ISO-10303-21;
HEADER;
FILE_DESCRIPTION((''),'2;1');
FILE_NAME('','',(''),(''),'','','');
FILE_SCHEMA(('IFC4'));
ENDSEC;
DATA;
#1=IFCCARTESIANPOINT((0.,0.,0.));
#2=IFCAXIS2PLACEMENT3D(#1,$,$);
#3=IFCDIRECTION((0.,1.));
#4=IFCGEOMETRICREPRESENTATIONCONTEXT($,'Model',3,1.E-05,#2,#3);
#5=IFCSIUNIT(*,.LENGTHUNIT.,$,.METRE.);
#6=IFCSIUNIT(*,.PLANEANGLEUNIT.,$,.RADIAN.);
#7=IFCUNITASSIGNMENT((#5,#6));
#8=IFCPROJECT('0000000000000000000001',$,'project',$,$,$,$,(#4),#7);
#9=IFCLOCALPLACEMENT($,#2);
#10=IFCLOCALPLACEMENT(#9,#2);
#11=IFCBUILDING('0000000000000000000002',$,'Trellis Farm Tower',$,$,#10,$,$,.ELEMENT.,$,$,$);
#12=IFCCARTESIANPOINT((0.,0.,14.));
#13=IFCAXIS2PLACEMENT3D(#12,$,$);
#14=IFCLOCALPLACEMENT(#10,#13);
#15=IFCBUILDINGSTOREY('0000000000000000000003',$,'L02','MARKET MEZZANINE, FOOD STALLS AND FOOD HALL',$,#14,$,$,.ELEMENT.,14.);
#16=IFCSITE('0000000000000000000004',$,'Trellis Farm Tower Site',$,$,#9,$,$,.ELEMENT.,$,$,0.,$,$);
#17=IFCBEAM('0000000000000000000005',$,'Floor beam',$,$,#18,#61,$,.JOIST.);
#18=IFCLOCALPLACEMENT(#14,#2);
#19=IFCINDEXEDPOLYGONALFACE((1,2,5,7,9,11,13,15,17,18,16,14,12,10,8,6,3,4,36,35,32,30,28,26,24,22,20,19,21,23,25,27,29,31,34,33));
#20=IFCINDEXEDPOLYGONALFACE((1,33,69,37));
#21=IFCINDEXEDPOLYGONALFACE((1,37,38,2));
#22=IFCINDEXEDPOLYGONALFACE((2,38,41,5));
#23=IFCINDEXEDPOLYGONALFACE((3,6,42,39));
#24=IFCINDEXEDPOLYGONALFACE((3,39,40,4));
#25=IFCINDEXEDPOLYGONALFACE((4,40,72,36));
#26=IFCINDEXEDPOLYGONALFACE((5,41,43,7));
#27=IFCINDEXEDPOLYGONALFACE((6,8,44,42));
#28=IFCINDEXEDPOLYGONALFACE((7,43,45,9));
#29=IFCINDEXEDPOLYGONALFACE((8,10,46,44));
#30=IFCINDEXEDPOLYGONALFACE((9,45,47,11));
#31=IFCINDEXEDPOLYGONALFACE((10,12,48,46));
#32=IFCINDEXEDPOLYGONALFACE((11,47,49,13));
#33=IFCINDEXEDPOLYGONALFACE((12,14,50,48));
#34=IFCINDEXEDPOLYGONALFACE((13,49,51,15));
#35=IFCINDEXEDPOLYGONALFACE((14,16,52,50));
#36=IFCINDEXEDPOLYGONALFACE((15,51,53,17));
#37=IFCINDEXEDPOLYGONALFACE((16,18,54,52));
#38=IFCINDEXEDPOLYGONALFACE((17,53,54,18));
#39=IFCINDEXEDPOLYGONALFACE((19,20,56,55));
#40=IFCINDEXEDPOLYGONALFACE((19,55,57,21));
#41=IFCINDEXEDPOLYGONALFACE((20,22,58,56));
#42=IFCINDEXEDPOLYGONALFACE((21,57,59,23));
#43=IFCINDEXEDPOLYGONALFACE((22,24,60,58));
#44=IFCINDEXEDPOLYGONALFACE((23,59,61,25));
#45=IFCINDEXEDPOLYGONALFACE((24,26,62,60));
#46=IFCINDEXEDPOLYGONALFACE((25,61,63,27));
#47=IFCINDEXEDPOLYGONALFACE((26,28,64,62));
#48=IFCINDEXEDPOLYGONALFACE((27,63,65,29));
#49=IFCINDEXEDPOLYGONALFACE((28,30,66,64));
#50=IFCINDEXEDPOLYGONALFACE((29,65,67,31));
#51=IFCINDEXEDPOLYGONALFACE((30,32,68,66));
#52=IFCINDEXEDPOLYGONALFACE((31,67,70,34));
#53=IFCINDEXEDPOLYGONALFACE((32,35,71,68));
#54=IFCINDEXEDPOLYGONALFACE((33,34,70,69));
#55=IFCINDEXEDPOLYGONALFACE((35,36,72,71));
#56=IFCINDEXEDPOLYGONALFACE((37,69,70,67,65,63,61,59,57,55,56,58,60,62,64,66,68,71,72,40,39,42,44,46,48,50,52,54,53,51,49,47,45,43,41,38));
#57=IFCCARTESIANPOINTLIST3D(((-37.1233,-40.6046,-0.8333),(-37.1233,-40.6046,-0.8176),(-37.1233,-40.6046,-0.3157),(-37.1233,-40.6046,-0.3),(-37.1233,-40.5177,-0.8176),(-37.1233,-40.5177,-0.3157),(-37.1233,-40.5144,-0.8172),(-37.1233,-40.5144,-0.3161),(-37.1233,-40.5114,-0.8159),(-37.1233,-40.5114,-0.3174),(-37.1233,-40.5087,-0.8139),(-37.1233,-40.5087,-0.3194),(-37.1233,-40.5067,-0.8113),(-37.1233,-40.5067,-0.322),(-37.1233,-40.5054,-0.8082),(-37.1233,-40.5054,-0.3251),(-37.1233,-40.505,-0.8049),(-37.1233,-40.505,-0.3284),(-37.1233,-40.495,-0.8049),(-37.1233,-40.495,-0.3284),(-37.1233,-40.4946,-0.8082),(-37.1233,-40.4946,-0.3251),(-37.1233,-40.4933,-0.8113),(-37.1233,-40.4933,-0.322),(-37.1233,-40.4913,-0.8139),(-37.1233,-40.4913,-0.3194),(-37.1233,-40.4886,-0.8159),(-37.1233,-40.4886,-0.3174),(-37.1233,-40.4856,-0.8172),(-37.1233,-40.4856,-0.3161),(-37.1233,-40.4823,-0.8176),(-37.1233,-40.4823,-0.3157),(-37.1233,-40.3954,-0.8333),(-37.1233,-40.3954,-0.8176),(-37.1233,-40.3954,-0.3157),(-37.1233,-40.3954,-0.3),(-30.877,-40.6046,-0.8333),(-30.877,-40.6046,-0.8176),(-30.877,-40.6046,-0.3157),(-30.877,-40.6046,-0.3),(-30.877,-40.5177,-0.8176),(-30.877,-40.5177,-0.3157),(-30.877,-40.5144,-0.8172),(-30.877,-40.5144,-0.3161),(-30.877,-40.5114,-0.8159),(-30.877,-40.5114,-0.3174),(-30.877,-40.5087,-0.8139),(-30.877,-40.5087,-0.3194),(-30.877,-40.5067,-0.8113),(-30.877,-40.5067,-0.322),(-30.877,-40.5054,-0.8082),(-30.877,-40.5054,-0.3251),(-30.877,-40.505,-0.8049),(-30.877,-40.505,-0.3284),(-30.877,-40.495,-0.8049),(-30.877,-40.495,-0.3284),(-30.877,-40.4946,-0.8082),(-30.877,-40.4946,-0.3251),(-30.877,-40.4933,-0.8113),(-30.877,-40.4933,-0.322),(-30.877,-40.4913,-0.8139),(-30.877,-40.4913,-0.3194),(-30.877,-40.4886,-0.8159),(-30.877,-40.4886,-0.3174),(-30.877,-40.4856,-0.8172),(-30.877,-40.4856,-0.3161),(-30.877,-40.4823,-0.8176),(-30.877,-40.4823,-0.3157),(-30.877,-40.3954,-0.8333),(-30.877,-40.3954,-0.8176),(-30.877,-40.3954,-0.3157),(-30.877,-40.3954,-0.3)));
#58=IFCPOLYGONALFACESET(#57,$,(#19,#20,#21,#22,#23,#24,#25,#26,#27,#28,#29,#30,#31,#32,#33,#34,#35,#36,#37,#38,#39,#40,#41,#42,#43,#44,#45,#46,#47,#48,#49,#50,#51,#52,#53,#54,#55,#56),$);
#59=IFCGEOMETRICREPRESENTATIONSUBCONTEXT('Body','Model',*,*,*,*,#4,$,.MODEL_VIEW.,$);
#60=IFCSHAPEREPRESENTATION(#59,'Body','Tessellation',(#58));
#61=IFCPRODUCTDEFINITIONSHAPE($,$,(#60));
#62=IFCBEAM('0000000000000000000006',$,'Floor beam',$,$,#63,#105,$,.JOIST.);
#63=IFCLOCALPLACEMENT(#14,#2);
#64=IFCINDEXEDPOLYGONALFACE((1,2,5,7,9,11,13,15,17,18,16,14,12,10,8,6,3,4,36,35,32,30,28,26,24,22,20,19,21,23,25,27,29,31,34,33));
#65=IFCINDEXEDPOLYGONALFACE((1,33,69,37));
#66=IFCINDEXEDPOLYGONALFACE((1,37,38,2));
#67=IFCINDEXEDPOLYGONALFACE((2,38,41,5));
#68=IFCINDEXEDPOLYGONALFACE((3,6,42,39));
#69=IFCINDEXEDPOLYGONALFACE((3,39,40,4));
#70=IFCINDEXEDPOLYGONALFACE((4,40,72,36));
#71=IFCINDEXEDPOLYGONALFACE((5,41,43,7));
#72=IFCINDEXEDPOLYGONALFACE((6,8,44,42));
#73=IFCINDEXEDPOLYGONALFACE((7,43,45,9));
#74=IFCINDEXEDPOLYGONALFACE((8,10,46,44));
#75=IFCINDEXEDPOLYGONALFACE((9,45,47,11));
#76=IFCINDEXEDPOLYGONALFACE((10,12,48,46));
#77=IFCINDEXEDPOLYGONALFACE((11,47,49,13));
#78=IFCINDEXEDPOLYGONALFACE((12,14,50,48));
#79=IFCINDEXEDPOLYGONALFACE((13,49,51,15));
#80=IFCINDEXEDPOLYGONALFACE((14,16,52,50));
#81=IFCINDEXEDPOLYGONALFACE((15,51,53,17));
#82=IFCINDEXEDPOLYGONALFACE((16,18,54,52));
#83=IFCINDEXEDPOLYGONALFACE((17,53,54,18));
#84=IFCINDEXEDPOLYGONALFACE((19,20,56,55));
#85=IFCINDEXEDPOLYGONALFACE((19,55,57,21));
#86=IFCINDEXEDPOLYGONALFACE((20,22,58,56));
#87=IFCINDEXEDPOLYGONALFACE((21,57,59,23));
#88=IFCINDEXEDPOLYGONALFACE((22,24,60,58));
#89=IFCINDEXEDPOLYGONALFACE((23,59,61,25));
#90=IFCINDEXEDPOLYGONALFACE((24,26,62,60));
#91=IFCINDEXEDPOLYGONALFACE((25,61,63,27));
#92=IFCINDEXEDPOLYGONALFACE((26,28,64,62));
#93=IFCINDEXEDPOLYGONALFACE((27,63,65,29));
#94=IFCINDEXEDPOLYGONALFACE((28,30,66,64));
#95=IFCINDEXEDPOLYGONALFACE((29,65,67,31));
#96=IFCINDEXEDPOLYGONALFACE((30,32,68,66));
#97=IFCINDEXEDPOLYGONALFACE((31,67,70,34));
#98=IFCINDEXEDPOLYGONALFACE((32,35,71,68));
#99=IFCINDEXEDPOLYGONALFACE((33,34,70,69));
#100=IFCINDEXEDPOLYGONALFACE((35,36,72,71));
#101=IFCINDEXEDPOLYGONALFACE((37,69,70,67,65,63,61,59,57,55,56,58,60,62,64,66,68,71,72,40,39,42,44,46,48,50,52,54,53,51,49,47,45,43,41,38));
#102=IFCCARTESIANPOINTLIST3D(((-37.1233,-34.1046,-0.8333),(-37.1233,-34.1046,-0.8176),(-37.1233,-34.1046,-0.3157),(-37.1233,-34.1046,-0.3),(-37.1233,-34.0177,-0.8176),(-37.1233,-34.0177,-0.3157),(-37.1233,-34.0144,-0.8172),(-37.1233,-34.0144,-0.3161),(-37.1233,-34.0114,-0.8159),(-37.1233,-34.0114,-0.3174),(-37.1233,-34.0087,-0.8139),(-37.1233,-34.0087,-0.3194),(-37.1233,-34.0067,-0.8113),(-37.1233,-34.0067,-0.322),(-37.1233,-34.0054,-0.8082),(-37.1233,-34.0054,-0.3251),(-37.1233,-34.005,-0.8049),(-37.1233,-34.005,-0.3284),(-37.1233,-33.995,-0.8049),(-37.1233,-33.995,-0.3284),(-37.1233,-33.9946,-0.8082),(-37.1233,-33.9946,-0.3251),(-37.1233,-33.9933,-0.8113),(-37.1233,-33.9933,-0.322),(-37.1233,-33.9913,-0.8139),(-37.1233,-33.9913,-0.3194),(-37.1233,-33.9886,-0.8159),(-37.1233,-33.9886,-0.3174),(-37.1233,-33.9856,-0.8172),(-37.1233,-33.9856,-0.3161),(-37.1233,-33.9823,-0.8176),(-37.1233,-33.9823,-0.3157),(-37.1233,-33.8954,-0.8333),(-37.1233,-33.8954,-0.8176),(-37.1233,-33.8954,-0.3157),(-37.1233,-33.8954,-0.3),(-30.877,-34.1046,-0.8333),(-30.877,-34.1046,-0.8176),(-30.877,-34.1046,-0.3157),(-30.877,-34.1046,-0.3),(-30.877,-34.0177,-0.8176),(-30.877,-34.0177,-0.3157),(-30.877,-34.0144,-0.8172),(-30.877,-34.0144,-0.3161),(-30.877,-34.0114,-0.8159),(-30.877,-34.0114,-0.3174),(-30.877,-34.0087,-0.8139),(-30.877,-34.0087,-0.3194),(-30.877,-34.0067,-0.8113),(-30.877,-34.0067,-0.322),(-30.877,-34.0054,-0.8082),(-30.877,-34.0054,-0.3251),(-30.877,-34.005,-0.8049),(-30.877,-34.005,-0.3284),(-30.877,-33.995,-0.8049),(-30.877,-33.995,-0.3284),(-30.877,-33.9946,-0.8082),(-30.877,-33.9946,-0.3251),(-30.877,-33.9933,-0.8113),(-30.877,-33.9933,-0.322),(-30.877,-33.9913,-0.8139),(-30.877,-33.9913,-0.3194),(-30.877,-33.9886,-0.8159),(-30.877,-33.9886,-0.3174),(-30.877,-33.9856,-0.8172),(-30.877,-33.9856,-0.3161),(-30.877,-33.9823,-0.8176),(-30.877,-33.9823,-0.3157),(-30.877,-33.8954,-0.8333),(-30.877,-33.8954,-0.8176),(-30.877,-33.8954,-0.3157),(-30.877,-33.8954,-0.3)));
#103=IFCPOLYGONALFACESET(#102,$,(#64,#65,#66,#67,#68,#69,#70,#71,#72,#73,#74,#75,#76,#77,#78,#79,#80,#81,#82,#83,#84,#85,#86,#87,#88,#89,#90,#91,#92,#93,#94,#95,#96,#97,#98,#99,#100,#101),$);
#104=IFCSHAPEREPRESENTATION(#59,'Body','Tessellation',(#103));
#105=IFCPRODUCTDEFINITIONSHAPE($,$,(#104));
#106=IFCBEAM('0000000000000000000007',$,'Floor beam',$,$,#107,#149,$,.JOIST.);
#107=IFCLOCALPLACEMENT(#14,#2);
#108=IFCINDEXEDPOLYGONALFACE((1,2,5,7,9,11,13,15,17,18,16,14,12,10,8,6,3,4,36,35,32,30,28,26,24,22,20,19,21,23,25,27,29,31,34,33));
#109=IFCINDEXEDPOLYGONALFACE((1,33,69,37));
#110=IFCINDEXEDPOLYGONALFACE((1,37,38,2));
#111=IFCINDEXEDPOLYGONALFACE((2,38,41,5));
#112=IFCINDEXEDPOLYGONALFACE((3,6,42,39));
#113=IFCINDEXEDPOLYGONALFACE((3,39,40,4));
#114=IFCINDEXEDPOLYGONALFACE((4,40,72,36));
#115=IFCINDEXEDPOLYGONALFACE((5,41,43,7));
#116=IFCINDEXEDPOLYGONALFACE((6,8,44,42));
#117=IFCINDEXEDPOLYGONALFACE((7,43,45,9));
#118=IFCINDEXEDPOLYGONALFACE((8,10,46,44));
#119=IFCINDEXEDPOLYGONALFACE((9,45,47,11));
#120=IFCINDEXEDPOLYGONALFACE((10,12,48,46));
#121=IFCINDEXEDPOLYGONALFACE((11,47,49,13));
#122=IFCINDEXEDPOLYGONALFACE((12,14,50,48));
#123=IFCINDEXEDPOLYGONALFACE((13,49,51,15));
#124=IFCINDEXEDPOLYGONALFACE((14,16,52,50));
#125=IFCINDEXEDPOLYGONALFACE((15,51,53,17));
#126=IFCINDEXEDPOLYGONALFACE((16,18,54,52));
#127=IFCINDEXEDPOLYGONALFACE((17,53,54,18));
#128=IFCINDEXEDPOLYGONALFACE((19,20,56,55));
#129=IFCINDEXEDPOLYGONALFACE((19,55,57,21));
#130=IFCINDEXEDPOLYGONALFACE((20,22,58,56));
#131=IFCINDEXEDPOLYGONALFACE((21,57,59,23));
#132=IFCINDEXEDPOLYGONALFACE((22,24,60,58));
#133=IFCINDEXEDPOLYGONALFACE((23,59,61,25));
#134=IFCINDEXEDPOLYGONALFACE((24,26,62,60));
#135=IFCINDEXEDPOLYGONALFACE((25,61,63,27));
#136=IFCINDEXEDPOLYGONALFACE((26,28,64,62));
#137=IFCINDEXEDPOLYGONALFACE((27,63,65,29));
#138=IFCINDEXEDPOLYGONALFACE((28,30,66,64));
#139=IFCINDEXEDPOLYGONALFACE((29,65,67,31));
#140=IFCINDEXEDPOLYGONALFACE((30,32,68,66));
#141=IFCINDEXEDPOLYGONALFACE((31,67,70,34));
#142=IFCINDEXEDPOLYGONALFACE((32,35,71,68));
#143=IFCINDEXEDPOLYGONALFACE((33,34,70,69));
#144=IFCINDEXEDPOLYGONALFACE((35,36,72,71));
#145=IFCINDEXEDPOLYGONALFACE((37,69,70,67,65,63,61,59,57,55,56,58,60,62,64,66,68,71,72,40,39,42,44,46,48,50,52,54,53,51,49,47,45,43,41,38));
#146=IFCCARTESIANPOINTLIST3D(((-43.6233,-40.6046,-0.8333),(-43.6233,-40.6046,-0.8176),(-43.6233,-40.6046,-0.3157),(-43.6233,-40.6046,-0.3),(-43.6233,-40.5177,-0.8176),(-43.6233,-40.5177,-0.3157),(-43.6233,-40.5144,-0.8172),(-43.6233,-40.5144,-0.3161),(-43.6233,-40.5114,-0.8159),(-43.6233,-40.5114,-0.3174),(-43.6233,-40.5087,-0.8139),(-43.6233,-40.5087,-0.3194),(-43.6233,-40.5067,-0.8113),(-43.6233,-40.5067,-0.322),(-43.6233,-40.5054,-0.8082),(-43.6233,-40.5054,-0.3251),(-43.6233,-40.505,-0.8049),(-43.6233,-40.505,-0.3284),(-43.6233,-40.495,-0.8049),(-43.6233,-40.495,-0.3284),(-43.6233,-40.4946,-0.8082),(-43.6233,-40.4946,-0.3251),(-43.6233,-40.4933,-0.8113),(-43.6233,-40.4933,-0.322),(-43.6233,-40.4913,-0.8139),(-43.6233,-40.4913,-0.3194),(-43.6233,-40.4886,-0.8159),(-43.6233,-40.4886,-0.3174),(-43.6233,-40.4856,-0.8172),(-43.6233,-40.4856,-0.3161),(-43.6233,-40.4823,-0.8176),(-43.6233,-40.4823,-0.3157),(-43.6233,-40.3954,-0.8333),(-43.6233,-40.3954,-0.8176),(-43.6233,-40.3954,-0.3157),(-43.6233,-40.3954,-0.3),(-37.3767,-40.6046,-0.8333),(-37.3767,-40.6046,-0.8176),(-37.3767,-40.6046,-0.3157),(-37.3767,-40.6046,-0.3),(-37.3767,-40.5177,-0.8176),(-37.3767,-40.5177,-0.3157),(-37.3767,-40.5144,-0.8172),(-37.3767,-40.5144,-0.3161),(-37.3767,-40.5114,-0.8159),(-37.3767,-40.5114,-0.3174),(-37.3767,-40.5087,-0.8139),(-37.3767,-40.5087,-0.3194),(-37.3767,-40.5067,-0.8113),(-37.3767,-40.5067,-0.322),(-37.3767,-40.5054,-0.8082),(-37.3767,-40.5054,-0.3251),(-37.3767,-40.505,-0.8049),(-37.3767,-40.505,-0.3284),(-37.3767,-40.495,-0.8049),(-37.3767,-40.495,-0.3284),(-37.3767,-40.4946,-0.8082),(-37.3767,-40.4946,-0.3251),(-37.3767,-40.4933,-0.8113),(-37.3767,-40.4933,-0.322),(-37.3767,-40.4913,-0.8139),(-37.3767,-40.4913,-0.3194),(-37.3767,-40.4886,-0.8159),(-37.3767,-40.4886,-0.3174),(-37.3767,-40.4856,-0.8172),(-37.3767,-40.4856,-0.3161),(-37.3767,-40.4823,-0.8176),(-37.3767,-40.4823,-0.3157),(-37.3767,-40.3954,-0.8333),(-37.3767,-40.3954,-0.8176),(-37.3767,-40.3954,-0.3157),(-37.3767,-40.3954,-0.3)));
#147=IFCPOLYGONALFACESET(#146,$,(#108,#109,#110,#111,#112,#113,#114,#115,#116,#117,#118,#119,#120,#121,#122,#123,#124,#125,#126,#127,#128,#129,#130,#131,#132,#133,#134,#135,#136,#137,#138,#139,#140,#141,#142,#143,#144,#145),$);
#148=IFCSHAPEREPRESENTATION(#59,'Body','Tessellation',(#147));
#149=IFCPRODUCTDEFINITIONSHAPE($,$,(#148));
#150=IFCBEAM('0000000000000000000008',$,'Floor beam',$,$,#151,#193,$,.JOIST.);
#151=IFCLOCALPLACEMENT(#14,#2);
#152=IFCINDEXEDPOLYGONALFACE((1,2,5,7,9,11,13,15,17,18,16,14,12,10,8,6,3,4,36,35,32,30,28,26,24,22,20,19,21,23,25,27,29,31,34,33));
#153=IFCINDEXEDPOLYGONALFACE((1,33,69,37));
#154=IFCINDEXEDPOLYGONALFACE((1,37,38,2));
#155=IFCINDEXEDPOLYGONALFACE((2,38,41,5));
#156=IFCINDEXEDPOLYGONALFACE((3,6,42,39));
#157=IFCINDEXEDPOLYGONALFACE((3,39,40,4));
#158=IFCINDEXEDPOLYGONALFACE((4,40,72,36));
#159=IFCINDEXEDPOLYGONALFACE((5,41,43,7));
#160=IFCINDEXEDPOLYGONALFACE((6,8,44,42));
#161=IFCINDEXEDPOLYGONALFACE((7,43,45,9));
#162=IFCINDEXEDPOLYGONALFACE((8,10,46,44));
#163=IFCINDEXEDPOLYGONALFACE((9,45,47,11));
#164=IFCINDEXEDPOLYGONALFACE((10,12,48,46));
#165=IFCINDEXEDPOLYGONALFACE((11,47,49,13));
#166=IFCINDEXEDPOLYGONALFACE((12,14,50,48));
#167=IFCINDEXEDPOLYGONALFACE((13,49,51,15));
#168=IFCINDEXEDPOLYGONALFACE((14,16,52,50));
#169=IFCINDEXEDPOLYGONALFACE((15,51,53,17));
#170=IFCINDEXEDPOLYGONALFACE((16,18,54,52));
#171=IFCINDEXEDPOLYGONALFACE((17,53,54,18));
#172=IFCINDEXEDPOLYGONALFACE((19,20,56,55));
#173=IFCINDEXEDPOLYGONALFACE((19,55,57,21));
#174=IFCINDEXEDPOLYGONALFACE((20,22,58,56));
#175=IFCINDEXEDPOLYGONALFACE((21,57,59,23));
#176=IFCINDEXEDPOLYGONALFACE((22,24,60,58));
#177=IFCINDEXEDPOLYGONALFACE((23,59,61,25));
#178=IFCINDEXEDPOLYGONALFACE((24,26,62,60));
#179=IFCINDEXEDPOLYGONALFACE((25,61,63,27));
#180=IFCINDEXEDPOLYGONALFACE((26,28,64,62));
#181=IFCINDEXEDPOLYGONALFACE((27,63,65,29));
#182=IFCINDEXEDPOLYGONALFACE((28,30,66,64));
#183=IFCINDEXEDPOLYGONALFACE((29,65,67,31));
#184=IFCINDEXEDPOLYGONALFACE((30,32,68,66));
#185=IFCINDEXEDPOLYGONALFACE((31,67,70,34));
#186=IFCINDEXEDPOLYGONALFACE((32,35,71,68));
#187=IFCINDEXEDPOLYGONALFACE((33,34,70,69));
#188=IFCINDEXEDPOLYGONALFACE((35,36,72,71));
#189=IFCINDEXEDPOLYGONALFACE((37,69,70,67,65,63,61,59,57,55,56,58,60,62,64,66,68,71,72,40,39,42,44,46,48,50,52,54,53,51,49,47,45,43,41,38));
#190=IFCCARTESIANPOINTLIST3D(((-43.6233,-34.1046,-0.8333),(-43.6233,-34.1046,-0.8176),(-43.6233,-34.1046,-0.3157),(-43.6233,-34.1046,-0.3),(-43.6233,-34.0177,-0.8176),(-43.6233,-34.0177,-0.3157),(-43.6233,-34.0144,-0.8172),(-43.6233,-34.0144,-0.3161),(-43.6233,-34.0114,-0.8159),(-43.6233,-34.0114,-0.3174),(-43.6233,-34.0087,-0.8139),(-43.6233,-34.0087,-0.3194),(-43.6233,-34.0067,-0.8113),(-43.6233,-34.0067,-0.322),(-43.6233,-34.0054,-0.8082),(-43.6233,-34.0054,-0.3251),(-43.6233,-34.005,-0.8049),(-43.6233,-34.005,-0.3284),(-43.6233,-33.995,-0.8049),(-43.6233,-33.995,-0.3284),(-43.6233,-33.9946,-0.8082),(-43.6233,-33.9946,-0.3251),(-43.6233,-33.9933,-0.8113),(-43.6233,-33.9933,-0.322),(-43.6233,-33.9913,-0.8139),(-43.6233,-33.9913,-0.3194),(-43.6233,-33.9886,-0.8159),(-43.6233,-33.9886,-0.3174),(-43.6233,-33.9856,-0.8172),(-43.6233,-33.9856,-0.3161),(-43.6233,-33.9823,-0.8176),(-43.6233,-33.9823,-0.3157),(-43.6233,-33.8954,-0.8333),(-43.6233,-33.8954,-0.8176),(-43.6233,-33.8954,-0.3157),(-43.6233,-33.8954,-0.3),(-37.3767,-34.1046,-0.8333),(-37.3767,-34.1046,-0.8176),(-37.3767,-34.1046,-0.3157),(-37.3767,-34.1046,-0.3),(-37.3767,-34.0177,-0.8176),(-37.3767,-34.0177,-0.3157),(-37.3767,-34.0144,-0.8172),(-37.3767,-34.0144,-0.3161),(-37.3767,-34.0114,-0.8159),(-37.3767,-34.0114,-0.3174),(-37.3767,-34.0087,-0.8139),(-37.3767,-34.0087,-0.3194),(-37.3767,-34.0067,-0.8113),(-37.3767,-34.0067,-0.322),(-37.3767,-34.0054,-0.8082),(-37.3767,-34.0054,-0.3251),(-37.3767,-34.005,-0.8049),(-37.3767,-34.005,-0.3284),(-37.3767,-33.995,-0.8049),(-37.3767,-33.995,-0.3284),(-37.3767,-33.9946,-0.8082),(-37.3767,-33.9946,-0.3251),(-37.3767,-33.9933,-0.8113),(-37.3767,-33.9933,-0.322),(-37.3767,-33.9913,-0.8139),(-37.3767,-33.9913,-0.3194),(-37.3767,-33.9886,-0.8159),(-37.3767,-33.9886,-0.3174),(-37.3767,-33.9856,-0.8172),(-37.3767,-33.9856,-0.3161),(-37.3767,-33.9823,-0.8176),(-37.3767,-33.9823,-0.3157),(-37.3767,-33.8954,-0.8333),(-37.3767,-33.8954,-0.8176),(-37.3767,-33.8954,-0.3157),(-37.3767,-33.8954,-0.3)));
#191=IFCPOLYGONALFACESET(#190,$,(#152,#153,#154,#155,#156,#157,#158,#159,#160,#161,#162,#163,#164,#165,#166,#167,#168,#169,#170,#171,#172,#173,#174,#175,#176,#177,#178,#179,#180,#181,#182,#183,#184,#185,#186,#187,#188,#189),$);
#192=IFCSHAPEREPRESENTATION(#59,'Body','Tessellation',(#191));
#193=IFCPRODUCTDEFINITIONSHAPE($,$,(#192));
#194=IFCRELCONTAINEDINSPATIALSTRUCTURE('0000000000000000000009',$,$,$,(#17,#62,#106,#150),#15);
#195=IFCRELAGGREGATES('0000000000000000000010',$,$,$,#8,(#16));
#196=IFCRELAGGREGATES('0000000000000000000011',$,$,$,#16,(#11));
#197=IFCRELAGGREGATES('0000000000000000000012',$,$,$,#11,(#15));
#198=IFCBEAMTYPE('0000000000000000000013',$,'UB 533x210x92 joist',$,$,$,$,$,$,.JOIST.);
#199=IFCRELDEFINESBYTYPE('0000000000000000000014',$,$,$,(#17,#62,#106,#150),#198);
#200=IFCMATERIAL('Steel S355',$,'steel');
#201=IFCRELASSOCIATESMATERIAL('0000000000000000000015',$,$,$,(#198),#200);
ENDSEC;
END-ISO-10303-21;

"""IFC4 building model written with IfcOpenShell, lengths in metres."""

from ifc_helpers import new_model, si_unit, direction, frame, origin, origin_2d, place, context, subcontext, project, spatial, i_section, extrude, source, transform, mapped, material, material_profile, profile_set, type_object, element, save


model = new_model("IFC4")

# Units and contexts
model_context = context("Model", 3, precision=1e-05, world=origin(), true_north=direction((0.0, 1.0)))
body_context = subcontext(model_context, "Body", "Model", "MODEL_VIEW")
ifc_project = project(units=[si_unit("LENGTHUNIT", "METRE"), si_unit("PLANEANGLEUNIT", "RADIAN")], contexts=[model_context])

# Site, building, storey
site_placement = place(None, origin())
site = spatial("IfcSite", under=ifc_project, at=site_placement, Name="Trellis Farm Tower Site", CompositionType="ELEMENT", RefElevation=0.0)
building_placement = place(site_placement, origin())
building = spatial("IfcBuilding", under=site, at=building_placement, Name="Trellis Farm Tower", CompositionType="ELEMENT")
storey_placement = place(building_placement, frame((0.0, 0.0, 14.0)))
storey = spatial("IfcBuildingStorey", under=building, at=storey_placement, Name="L02", Description="MARKET MEZZANINE, FOOD STALLS AND FOOD HALL", CompositionType="ELEMENT", Elevation=14.0)

# Beams
ifc_material_1 = material(Name="Steel S355", Category="steel")
ifc_material_profile_1 = material_profile(ifc_material_1, i_section(OverallWidth=0.2092, OverallDepth=0.5332, WebThickness=0.01, FlangeThickness=0.0156, FilletRadius=0.0127, at=origin_2d()), Name="UB 533x210x92")
ifc_profile_set_1 = profile_set([ifc_material_profile_1], Name="Steel S355")
beam_type_1 = type_object("IfcBeamType", Name="UB 533x210x92 joist", PredefinedType="JOIST", material=ifc_profile_set_1)
shared_shape_1 = source(origin(), body_context, "Body", "SweptSolid", [
    extrude(i_section(OverallWidth=0.2092, OverallDepth=0.5332, WebThickness=0.01, FlangeThickness=0.0156, FilletRadius=0.0127, at=origin_2d()), origin(), (0.0, 0.0, 1.0), 6.2463),
])
for number, where, z_axis, x_axis, name in (
    (1, (-37.1233, -40.5, -0.5667), (1.0, 0.0, 0.0), (0.0, 1.0, 0.0), "Floor beam"),
    (2, (-37.1233, -34.0, -0.5667), (1.0, 0.0, 0.0), (0.0, 1.0, 0.0), "Floor beam"),
):
    element("IfcBeam", number, at=place(storey_placement, frame(where, z_axis=z_axis, x_axis=x_axis)), inside=storey, type_object=beam_type_1, Name=name, PredefinedType="JOIST", context=body_context, shape_type="MappedRepresentation", body=[
        mapped(shared_shape_1, transform((0.0, 0.0, 0.0))),
    ])
shared_shape_2 = source(origin(), body_context, "Body", "SweptSolid", [
    extrude(i_section(OverallWidth=0.2092, OverallDepth=0.5332, WebThickness=0.01, FlangeThickness=0.0156, FilletRadius=0.0127, at=origin_2d()), origin(), (0.0, 0.0, 1.0), 6.2466),
])
for number, where, z_axis, x_axis, name in (
    (3, (-43.6233, -40.5, -0.5667), (1.0, 0.0, 0.0), (0.0, 1.0, 0.0), "Floor beam"),
    (4, (-43.6233, -34.0, -0.5667), (1.0, 0.0, 0.0), (0.0, 1.0, 0.0), "Floor beam"),
):
    element("IfcBeam", number, at=place(storey_placement, frame(where, z_axis=z_axis, x_axis=x_axis)), inside=storey, type_object=beam_type_1, Name=name, PredefinedType="JOIST", context=body_context, shape_type="MappedRepresentation", body=[
        mapped(shared_shape_2, transform((0.0, 0.0, 0.0))),
    ])

save(model, "model.ifc")
